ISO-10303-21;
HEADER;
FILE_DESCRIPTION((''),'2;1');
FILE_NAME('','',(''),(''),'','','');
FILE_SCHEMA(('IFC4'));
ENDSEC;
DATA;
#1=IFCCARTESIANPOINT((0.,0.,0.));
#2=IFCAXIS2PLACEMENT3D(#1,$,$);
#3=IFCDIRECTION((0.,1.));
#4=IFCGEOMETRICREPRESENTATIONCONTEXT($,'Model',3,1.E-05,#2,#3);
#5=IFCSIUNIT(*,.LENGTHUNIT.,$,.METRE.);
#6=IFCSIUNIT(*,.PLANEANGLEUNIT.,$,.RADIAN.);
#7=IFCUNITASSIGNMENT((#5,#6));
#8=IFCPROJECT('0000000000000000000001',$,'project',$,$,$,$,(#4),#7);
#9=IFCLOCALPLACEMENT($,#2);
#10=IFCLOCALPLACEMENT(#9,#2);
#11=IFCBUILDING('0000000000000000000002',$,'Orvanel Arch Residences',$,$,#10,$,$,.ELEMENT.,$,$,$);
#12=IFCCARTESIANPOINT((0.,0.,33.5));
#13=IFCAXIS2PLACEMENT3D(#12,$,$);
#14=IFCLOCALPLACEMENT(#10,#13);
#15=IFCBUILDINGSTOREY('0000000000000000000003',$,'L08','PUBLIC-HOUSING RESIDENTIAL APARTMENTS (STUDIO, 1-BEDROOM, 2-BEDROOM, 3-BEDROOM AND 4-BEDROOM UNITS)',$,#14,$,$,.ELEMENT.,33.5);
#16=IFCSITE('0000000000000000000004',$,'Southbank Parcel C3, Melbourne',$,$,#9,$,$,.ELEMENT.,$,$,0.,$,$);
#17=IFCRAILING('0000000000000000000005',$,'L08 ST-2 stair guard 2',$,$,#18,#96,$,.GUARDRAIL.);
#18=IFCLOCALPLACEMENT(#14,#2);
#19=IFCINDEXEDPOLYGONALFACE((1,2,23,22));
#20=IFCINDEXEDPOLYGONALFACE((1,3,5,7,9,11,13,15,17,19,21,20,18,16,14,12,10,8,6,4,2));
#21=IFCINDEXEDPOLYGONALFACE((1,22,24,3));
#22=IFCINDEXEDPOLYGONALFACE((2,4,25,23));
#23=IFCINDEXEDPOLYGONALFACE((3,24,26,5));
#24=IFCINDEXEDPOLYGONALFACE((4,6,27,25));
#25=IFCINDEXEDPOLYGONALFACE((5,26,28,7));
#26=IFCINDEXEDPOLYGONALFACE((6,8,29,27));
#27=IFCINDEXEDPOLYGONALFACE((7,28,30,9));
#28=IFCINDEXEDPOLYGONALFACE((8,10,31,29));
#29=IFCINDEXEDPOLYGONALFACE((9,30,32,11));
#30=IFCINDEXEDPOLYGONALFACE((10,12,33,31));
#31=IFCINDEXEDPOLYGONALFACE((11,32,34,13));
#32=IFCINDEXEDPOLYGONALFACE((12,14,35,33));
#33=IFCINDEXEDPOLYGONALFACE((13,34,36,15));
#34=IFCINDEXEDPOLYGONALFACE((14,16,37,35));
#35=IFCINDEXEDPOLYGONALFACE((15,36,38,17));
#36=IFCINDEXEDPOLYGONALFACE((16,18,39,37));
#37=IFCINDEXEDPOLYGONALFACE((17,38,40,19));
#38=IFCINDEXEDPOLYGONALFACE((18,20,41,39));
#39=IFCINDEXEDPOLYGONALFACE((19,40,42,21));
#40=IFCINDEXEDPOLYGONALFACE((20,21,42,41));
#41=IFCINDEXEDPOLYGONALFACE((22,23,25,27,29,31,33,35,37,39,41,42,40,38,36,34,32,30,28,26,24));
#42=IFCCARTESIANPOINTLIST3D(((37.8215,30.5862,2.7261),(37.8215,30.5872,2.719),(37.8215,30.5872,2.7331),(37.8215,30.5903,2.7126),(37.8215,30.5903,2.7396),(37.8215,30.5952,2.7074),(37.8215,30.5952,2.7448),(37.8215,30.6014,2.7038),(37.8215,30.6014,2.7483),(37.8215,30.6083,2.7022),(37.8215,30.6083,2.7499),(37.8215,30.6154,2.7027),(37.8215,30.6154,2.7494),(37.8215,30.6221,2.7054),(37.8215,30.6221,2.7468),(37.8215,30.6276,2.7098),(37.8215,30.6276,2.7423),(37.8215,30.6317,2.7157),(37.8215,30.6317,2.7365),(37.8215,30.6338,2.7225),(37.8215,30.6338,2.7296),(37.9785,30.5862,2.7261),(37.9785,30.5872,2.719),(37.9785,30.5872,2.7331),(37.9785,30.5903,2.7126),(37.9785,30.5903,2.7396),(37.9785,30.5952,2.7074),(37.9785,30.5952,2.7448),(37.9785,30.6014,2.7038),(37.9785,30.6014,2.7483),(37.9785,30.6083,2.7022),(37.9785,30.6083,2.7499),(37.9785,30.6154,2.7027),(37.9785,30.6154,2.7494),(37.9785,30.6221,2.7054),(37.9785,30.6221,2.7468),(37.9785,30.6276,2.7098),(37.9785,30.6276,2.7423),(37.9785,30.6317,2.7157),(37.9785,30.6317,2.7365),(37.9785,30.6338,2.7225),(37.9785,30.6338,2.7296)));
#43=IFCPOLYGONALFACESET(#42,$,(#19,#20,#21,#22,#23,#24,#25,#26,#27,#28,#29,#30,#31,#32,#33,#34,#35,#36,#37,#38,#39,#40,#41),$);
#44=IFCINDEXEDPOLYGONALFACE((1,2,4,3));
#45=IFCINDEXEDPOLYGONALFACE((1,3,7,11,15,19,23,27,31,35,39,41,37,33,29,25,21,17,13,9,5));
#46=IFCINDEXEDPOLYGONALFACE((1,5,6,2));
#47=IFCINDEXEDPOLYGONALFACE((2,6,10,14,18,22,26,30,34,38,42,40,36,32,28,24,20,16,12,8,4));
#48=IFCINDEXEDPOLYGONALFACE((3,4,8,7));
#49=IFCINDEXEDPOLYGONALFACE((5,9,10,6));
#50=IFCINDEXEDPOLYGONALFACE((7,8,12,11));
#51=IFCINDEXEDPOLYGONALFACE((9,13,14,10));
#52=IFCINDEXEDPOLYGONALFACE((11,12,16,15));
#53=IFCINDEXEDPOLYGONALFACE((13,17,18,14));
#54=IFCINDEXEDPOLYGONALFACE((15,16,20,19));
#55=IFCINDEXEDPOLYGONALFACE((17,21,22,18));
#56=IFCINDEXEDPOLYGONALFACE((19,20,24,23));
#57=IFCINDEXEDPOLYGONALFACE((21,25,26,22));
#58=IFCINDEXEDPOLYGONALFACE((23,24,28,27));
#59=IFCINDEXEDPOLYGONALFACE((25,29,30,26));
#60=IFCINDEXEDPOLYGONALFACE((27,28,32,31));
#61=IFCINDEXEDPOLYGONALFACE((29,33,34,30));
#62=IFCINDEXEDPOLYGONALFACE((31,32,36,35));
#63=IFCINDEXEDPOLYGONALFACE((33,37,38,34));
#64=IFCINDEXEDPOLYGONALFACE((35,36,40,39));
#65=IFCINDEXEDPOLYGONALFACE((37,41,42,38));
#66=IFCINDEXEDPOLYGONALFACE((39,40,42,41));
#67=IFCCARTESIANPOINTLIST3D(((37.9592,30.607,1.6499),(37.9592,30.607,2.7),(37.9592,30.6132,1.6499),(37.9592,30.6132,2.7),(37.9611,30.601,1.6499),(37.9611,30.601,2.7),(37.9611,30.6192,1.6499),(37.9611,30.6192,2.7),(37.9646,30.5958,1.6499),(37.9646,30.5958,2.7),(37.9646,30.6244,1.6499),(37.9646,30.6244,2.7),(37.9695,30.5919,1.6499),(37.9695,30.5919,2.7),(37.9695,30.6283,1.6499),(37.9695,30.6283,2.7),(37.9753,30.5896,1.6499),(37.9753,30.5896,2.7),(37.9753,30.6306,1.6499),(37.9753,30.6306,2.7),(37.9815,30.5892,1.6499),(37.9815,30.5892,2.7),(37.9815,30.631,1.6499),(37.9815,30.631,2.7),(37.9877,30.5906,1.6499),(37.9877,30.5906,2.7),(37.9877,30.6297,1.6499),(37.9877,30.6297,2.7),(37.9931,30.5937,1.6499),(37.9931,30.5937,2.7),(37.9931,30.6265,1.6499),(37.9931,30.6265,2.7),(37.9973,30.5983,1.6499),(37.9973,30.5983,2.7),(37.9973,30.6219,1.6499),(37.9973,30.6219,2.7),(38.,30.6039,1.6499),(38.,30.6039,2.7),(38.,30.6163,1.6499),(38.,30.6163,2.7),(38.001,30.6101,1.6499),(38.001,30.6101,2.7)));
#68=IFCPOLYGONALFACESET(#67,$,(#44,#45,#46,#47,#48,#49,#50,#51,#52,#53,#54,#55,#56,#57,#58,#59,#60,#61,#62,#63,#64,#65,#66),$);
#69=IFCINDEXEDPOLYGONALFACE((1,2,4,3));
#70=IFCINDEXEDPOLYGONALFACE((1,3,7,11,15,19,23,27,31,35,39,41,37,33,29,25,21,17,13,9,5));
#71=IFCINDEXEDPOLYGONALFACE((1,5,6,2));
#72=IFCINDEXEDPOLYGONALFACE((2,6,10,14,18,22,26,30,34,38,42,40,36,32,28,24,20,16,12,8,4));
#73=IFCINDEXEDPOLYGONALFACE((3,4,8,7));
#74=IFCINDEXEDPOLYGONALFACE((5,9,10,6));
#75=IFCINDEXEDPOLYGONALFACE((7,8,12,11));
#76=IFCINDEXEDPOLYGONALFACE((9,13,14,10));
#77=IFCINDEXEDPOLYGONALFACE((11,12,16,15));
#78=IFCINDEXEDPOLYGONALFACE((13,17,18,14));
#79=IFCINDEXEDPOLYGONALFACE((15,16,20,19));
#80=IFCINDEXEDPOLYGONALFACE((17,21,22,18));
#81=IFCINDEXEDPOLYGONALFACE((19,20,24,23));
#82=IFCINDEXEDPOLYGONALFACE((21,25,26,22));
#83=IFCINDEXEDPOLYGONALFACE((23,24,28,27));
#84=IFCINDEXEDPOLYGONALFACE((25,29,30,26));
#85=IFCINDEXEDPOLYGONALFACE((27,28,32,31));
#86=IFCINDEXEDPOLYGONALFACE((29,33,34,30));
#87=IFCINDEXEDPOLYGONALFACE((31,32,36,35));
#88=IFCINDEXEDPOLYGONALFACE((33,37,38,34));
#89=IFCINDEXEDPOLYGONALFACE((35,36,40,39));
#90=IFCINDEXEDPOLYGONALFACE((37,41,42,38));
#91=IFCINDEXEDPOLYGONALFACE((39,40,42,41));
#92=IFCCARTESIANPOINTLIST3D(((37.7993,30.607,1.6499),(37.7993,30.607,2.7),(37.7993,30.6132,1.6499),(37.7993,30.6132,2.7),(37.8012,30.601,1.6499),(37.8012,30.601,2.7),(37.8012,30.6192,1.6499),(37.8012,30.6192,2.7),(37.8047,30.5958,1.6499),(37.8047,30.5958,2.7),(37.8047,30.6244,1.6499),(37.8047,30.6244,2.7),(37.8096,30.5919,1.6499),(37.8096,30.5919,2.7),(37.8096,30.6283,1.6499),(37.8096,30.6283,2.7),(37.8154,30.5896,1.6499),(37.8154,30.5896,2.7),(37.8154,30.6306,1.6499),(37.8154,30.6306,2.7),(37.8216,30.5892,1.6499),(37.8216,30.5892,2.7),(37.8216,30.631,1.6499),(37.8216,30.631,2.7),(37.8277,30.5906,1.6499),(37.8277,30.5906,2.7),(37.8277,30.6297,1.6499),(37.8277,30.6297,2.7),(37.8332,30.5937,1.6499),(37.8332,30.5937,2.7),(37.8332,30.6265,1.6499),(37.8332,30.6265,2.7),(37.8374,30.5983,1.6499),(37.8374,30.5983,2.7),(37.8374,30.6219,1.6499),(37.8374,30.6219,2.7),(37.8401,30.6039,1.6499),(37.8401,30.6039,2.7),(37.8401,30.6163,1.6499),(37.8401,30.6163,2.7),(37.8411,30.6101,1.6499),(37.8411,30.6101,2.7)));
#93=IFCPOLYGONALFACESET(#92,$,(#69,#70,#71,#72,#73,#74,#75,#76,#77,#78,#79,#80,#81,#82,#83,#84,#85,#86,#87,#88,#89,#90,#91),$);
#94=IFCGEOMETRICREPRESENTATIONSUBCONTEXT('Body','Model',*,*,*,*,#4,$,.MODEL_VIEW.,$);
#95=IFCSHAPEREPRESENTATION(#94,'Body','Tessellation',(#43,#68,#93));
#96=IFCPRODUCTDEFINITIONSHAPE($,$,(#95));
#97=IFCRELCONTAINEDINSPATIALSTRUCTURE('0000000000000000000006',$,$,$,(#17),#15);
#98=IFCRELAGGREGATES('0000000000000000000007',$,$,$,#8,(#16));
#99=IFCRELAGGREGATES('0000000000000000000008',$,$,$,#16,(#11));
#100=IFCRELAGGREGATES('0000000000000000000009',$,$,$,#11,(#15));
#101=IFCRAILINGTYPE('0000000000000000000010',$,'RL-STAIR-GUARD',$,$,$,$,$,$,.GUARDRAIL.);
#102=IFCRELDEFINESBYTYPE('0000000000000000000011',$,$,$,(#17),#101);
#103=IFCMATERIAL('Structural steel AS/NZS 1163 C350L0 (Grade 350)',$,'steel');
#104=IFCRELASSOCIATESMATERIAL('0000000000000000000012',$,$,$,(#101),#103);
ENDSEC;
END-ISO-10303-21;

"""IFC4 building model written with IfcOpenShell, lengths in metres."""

from ifc_helpers import new_model, si_unit, direction, frame, origin, origin_2d, place, context, subcontext, project, spatial, circle, extrude, material, type_object, element, save


model = new_model("IFC4")

# Units and contexts
model_context = context("Model", 3, precision=1e-05, world=origin(), true_north=direction((0.0, 1.0)))
body_context = subcontext(model_context, "Body", "Model", "MODEL_VIEW")
ifc_project = project(units=[si_unit("LENGTHUNIT", "METRE"), si_unit("PLANEANGLEUNIT", "RADIAN")], contexts=[model_context])

# Site, building, storey
site_placement = place(None, origin())
site = spatial("IfcSite", under=ifc_project, at=site_placement, Name="Southbank Parcel C3, Melbourne", CompositionType="ELEMENT", RefElevation=0.0)
building_placement = place(site_placement, origin())
building = spatial("IfcBuilding", under=site, at=building_placement, Name="Orvanel Arch Residences", CompositionType="ELEMENT")
storey_placement = place(building_placement, frame((0.0, 0.0, 33.5)))
storey = spatial("IfcBuildingStorey", under=building, at=storey_placement, Name="L08", Description="PUBLIC-HOUSING RESIDENTIAL APARTMENTS (STUDIO, 1-BEDROOM, 2-BEDROOM, 3-BEDROOM AND 4-BEDROOM UNITS)", CompositionType="ELEMENT", Elevation=33.5)

# Railing
ifc_material_1 = material(Name="Structural steel AS/NZS 1163 C350L0 (Grade 350)", Category="steel")
railing_type_1 = type_object("IfcRailingType", Name="RL-STAIR-GUARD", PredefinedType="GUARDRAIL", material=ifc_material_1)
railing_1_placement = place(storey_placement, frame((37.98, 30.6101, 1.6499)))
element("IfcRailing", 1, at=railing_1_placement, inside=storey, type_object=railing_type_1, Name="L08 ST-2 stair guard 2", PredefinedType="GUARDRAIL", context=body_context, shape_type="SweptSolid", body=[
    extrude(circle(Radius=0.0239, at=origin_2d()), frame((-0.0015, 0.0, 1.0762), z_axis=(-1.0, 0.0, 0.0), x_axis=(0.0, -1.0, 0.0)), (0.0, 0.0, 1.0), 0.157),
    extrude(circle(Radius=0.021, at=origin_2d()), origin(), (0.0, 0.0, 1.0), 1.05),
    extrude(circle(Radius=0.021, at=origin_2d()), frame((-0.1599, 0.0, 0.0)), (0.0, 0.0, 1.0), 1.05),
])

save(model, "model.ifc")
